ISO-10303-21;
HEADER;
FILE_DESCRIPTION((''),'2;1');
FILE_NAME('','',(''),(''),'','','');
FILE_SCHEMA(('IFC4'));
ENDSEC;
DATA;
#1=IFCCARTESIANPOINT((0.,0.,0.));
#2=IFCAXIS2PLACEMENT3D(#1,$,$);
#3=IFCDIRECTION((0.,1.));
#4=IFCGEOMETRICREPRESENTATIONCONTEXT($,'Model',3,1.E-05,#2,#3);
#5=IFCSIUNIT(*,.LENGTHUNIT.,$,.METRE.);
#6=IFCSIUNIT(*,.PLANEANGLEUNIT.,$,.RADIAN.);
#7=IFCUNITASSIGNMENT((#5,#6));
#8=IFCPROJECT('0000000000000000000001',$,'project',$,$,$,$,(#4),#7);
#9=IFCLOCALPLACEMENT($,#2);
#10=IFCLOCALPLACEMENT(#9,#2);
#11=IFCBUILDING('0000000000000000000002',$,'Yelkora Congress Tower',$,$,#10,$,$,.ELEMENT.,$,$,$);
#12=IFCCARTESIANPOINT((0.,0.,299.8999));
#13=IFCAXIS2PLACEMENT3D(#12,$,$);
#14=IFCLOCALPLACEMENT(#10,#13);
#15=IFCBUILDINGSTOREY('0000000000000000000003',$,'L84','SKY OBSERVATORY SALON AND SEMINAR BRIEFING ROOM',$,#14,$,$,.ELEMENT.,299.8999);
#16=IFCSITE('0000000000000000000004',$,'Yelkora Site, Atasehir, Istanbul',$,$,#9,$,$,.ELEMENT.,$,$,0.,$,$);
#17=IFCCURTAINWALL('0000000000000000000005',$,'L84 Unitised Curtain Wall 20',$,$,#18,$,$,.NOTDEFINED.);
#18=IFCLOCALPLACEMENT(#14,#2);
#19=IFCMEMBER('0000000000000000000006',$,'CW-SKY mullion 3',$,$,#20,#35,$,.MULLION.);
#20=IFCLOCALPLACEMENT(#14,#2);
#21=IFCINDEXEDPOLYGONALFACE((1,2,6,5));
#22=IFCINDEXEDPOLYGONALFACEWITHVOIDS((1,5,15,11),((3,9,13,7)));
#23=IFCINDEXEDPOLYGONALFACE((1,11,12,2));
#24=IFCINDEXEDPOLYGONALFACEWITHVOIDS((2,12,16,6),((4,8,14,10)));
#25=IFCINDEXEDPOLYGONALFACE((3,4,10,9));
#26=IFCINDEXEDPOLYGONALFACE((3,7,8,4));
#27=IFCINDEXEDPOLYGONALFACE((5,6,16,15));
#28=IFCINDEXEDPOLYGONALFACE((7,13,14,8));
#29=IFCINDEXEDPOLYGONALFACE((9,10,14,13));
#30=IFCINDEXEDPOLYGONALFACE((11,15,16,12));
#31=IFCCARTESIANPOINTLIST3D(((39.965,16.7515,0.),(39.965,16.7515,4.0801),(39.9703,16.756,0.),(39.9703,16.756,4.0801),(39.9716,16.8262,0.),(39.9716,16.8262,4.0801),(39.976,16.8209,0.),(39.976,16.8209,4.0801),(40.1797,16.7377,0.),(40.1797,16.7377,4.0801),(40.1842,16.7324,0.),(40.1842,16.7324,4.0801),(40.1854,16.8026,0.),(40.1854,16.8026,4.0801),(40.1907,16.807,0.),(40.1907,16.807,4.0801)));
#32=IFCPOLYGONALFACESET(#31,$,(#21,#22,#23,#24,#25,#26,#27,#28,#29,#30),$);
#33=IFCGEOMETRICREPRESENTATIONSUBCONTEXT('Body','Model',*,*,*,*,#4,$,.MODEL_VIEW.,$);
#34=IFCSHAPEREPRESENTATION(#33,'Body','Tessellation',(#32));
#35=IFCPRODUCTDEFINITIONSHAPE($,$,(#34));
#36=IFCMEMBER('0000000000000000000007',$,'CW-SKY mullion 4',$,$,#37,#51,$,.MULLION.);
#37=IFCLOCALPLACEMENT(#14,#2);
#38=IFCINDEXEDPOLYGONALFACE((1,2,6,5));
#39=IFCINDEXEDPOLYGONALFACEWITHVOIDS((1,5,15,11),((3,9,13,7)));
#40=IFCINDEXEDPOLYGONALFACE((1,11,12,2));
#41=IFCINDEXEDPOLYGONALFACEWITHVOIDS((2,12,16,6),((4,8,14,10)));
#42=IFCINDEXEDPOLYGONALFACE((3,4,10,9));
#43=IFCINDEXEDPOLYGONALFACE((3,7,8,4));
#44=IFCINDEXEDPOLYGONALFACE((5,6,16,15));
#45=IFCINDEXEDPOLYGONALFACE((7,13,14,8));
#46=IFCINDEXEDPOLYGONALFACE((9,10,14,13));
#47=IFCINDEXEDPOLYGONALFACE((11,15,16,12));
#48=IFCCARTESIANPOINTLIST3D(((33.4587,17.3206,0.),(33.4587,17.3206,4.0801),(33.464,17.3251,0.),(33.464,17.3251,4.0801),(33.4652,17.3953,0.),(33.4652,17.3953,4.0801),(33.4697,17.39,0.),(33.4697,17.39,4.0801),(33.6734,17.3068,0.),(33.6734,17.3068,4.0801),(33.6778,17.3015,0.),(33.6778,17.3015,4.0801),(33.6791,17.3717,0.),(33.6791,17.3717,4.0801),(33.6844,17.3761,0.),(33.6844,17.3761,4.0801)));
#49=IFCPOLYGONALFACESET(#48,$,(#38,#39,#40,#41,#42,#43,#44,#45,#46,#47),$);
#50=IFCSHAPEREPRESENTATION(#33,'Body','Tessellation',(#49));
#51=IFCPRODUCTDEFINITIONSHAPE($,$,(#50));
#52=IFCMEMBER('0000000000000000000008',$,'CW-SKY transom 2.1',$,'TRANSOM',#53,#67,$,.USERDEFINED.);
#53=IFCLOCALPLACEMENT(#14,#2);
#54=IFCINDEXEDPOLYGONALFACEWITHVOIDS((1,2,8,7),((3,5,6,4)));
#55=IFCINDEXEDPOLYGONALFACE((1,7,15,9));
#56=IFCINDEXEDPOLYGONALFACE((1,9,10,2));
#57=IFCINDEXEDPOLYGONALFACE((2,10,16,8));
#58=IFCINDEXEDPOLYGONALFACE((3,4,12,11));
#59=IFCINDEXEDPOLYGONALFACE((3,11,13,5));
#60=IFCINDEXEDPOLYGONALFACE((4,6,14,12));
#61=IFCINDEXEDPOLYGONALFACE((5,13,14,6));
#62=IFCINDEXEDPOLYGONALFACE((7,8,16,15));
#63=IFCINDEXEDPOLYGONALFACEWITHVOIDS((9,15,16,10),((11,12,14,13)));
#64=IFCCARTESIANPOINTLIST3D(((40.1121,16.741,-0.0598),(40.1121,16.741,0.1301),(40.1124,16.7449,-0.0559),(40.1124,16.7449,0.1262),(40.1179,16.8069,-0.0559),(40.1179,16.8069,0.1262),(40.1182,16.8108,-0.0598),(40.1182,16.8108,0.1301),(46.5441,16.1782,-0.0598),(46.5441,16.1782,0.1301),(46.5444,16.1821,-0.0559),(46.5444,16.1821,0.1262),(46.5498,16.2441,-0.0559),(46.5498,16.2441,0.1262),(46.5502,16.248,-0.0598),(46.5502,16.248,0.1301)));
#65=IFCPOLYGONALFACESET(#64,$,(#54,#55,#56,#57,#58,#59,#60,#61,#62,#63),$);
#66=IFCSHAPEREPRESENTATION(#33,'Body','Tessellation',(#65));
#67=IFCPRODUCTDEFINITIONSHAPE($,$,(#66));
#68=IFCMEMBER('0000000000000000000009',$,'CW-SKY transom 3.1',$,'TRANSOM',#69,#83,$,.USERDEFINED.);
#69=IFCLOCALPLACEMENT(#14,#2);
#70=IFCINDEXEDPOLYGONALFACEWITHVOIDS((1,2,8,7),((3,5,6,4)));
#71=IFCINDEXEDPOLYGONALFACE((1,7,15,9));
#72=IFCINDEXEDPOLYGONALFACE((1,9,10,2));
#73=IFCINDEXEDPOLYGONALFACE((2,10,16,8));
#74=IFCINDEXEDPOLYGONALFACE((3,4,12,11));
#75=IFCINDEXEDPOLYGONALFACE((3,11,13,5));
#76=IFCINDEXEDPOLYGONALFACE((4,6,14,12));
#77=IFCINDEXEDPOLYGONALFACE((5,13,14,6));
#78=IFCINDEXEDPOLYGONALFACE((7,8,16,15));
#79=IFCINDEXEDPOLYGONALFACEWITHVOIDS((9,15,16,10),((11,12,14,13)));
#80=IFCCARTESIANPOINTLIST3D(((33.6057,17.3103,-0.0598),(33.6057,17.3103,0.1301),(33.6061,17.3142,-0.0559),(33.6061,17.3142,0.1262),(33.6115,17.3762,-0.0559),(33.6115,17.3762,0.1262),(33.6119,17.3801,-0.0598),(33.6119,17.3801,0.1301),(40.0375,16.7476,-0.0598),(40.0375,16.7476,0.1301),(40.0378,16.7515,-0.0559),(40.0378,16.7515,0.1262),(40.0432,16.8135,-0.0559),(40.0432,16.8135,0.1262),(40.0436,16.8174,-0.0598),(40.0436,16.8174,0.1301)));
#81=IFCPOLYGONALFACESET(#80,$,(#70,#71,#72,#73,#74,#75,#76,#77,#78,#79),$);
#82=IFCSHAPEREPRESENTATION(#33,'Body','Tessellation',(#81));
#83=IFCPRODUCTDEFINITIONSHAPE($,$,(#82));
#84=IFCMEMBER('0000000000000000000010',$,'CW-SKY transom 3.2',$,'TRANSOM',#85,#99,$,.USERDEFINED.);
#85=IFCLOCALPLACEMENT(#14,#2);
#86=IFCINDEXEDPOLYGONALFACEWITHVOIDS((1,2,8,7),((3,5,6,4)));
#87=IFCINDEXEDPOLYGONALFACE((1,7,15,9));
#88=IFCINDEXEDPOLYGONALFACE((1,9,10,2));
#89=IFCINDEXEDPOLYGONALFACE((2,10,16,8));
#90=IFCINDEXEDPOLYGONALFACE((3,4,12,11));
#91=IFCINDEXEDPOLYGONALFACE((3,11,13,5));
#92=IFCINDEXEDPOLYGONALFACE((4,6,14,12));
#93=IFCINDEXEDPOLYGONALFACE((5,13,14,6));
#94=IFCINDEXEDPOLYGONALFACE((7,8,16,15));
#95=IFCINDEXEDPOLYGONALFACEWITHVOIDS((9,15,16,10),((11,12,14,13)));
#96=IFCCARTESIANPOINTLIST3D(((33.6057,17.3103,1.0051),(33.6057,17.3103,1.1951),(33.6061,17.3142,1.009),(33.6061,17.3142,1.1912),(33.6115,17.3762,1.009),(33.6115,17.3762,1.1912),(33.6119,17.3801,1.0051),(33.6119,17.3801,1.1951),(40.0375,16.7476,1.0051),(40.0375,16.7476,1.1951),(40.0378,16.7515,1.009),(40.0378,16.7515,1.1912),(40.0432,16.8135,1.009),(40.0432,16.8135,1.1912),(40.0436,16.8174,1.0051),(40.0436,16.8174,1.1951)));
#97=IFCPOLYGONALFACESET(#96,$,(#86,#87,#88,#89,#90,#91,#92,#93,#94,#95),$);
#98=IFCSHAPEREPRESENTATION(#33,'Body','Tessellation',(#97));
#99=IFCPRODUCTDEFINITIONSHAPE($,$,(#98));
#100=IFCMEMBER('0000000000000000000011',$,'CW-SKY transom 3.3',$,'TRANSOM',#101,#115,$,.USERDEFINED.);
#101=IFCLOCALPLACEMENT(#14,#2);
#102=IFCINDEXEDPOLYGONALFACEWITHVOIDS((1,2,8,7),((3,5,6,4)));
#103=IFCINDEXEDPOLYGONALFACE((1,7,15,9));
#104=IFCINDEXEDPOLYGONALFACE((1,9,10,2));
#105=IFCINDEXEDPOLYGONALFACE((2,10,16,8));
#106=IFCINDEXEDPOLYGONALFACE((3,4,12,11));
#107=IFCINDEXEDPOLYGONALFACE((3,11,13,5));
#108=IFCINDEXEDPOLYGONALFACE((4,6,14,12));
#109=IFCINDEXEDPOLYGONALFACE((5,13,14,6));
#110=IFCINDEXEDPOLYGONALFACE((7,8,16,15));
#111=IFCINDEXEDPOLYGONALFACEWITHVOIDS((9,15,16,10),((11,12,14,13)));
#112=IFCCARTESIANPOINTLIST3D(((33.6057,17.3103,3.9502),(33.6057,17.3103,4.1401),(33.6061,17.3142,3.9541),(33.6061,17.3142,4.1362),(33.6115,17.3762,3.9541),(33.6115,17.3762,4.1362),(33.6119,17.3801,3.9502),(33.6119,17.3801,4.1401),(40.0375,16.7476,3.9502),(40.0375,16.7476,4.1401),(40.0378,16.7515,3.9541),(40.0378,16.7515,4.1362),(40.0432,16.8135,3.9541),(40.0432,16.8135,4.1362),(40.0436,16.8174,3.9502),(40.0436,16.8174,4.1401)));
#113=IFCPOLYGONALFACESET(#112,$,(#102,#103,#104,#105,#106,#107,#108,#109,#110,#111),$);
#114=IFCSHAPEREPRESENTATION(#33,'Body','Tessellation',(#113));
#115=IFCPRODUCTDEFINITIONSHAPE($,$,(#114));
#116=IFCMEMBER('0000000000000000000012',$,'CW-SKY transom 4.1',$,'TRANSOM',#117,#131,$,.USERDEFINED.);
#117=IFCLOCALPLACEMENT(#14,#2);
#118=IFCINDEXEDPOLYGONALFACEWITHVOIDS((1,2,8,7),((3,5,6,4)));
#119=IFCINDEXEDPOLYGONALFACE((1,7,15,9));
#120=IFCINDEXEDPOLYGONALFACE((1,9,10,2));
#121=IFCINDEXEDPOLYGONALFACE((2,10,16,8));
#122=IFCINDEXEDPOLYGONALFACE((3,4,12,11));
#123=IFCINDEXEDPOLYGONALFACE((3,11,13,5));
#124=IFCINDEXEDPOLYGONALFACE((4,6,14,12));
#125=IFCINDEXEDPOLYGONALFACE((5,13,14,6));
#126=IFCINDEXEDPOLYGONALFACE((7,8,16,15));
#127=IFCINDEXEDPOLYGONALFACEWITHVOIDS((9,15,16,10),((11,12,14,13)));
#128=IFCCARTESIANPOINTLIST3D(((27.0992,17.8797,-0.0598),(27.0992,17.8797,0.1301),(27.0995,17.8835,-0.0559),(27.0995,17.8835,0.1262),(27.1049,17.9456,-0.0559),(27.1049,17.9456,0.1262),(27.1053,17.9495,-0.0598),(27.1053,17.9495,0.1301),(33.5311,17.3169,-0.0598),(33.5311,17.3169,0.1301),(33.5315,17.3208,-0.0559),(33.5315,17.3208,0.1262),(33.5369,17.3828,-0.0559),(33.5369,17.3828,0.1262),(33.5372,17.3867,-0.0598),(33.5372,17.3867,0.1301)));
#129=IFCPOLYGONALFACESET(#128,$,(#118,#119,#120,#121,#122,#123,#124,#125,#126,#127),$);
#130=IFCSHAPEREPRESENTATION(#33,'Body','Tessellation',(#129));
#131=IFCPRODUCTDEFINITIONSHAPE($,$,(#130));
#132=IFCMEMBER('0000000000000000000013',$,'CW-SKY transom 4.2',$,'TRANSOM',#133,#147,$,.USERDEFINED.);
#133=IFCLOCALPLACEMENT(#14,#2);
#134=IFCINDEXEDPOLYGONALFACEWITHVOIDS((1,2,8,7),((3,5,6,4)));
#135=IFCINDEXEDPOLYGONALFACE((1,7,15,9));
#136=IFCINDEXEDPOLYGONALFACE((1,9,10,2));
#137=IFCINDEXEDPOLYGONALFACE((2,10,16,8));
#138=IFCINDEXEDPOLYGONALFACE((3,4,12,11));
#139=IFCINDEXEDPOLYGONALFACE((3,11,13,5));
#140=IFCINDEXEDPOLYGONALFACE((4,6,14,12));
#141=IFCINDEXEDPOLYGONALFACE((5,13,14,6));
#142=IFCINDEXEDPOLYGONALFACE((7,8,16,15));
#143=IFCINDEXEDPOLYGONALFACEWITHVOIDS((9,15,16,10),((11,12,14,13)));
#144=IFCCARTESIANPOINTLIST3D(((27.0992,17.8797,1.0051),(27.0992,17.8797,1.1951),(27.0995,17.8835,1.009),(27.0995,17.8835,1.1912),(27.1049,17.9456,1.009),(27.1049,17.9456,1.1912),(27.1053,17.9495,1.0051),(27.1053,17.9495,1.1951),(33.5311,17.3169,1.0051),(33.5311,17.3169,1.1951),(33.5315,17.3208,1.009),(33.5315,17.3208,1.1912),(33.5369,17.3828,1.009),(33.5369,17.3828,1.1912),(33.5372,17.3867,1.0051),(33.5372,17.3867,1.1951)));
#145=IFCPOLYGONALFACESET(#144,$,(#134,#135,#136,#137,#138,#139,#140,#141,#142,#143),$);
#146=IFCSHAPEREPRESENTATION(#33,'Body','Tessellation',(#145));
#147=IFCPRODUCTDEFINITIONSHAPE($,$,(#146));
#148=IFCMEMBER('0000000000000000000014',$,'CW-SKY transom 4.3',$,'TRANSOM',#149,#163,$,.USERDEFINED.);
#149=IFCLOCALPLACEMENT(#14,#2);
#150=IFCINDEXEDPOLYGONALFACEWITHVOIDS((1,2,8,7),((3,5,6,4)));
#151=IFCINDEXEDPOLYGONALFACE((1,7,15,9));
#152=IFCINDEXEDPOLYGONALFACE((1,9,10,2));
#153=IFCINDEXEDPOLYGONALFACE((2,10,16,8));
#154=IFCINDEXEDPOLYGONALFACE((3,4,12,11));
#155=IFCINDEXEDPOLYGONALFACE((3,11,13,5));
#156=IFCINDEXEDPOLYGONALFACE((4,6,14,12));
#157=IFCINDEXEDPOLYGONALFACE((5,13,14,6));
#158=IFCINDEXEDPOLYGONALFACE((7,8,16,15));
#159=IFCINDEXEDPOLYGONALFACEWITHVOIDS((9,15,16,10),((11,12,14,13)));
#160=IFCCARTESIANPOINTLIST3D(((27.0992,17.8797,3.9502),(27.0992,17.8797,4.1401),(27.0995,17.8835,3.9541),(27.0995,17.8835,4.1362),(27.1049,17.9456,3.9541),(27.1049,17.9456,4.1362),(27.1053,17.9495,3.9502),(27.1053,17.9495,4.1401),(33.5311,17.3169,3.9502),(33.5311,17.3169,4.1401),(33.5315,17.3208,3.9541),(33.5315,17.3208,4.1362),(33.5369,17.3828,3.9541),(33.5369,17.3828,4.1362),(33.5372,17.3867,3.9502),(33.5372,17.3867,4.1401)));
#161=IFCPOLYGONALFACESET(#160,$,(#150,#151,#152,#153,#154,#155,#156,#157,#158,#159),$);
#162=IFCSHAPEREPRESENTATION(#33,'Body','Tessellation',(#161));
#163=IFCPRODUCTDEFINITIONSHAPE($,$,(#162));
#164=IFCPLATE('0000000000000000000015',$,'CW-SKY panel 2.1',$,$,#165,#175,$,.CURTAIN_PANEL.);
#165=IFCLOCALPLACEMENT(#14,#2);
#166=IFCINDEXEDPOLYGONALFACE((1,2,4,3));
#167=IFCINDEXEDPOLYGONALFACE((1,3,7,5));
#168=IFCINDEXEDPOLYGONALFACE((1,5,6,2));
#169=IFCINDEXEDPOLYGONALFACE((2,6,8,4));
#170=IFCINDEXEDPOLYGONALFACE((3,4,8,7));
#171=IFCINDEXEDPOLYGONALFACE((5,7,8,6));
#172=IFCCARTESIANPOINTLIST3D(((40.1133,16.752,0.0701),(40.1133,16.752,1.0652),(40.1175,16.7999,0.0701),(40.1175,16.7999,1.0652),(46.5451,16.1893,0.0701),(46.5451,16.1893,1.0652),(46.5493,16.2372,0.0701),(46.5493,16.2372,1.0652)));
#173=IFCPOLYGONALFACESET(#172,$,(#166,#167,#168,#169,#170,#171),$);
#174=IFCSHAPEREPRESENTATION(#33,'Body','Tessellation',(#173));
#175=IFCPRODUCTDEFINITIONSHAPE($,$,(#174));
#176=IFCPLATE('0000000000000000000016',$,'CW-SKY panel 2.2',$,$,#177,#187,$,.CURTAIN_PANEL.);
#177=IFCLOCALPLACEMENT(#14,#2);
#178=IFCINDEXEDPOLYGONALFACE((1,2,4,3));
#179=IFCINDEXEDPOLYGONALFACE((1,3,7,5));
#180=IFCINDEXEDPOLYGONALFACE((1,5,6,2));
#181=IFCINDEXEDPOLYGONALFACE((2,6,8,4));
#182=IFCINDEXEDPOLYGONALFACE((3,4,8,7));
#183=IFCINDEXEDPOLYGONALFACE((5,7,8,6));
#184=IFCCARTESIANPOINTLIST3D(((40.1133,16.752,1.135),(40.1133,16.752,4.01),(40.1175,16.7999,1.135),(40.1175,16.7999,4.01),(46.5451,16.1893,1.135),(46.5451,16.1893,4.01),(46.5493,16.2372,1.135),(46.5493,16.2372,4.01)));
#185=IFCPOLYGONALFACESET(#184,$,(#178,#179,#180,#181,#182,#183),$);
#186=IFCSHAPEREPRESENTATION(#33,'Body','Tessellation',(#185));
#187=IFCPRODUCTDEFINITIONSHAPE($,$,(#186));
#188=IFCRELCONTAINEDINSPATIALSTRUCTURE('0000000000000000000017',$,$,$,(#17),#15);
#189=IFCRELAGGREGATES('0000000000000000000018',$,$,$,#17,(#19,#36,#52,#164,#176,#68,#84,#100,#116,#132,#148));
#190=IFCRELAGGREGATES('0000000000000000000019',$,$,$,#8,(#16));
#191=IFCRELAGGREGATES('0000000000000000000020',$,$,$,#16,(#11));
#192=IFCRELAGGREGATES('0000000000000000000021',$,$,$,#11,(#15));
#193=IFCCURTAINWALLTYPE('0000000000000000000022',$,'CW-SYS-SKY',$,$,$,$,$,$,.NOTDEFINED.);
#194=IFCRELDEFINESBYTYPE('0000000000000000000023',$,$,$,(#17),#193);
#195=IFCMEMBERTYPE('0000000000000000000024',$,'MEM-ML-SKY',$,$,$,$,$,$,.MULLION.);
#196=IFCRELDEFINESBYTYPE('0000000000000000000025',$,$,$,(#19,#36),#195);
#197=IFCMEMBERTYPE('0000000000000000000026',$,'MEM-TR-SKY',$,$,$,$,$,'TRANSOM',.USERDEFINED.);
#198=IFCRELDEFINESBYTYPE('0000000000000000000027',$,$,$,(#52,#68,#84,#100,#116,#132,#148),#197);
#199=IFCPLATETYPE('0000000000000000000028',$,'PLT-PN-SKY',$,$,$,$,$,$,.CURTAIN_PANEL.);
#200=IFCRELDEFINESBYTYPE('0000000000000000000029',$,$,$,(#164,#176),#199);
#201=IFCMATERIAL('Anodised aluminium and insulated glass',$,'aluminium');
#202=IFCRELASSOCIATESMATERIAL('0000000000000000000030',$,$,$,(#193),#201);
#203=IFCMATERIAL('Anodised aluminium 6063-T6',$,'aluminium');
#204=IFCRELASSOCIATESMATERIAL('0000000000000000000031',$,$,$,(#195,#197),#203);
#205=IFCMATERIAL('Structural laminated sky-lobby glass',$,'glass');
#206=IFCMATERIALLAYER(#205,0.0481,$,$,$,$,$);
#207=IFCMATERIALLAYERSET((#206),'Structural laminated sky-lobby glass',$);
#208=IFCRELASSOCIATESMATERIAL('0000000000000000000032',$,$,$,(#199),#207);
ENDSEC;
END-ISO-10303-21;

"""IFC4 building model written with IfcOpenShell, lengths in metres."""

from ifc_helpers import new_model, si_unit, direction, frame, origin, origin_2d, place, context, subcontext, project, spatial, rectangle, hollow_rectangle, extrude, material, layer, layer_set, material_profile, profile_set, type_object, element, aggregate, save


model = new_model("IFC4")

# Units and contexts
model_context = context("Model", 3, precision=1e-05, world=origin(), true_north=direction((0.0, 1.0)))
body_context = subcontext(model_context, "Body", "Model", "MODEL_VIEW")
ifc_project = project(units=[si_unit("LENGTHUNIT", "METRE"), si_unit("PLANEANGLEUNIT", "RADIAN")], contexts=[model_context])

# Site, building, storey
site_placement = place(None, origin())
site = spatial("IfcSite", under=ifc_project, at=site_placement, Name="Yelkora Site, Atasehir, Istanbul", CompositionType="ELEMENT", RefElevation=0.0)
building_placement = place(site_placement, origin())
building = spatial("IfcBuilding", under=site, at=building_placement, Name="Yelkora Congress Tower", CompositionType="ELEMENT")
storey_placement = place(building_placement, frame((0.0, 0.0, 299.8999)))
storey = spatial("IfcBuildingStorey", under=building, at=storey_placement, Name="L84", Description="SKY OBSERVATORY SALON AND SEMINAR BRIEFING ROOM", CompositionType="ELEMENT", Elevation=299.8999)

# Curtain wall, members, plates
ifc_material_1 = material(Name="Anodised aluminium and insulated glass", Category="aluminium")
curtain_wall_type = type_object("IfcCurtainWallType", Name="CW-SYS-SKY", PredefinedType="NOTDEFINED", material=ifc_material_1)
curtain_wall_placement = place(storey_placement, origin())
curtain_wall = element("IfcCurtainWall", 1, at=curtain_wall_placement, inside=storey, type_object=curtain_wall_type, Name="L84 Unitised Curtain Wall 20", PredefinedType="NOTDEFINED")
ifc_material_2 = material(Name="Anodised aluminium 6063-T6", Category="aluminium")
ifc_material_profile_1 = material_profile(ifc_material_2, hollow_rectangle(XDim=0.075, YDim=0.22, WallThickness=0.0049, at=origin_2d()), Name="ALU 75x220x5")
ifc_profile_set_1 = profile_set([ifc_material_profile_1], Name="Anodised aluminium 6063-T6")
member_type_1 = type_object("IfcMemberType", Name="MEM-ML-SKY", PredefinedType="MULLION", material=ifc_profile_set_1)
member_1_placement = place(storey_placement, frame((40.0779, 16.7793, 0.0), z_axis=(0.0, 0.0, 1.0), x_axis=(-0.087157, -0.996195, 0.0)))
member_1 = element("IfcMember", 2, at=member_1_placement, type_object=member_type_1, Name="CW-SKY mullion 3", PredefinedType="MULLION", context=body_context, shape_type="SweptSolid", body=[
    extrude(hollow_rectangle(XDim=0.075, YDim=0.22, WallThickness=0.0049, at=origin_2d()), origin(), (0.0, 0.0, 1.0), 4.0801),
])
member_2_placement = place(storey_placement, frame((33.5715, 17.3484, 0.0), z_axis=(0.0, 0.0, 1.0), x_axis=(-0.087157, -0.996195, 0.0)))
member_2 = element("IfcMember", 3, at=member_2_placement, type_object=member_type_1, Name="CW-SKY mullion 4", PredefinedType="MULLION", context=body_context, shape_type="SweptSolid", body=[
    extrude(hollow_rectangle(XDim=0.075, YDim=0.22, WallThickness=0.0049, at=origin_2d()), origin(), (0.0, 0.0, 1.0), 4.0801),
])
ifc_material_profile_2 = material_profile(ifc_material_2, hollow_rectangle(XDim=0.0701, YDim=0.1899, WallThickness=0.0039, at=origin_2d()), Name="ALU 70x190x4")
ifc_profile_set_2 = profile_set([ifc_material_profile_2], Name="Anodised aluminium 6063-T6")
member_type_2 = type_object("IfcMemberType", Name="MEM-TR-SKY", ElementType="TRANSOM", PredefinedType="USERDEFINED", material=ifc_profile_set_2)
member_3_placement = place(storey_placement, frame((46.5471, 16.2131, 0.0352), z_axis=(-0.996194, 0.08716, 0.0), x_axis=(-0.08716, -0.996194, 0.0)))
member_3 = element("IfcMember", 4, at=member_3_placement, type_object=member_type_2, Name="CW-SKY transom 2.1", ObjectType="TRANSOM", PredefinedType="USERDEFINED", context=body_context, shape_type="SweptSolid", body=[
    extrude(hollow_rectangle(XDim=0.0701, YDim=0.1899, WallThickness=0.0039, at=origin_2d()), origin(), (0.0, 0.0, 1.0), 6.4565),
])
member_4_placement = place(storey_placement, frame((40.0405, 16.7825, 0.0352), z_axis=(-0.996194, 0.087163, 0.0), x_axis=(-0.087163, -0.996194, 0.0)))
member_4 = element("IfcMember", 5, at=member_4_placement, type_object=member_type_2, Name="CW-SKY transom 3.1", ObjectType="TRANSOM", PredefinedType="USERDEFINED", context=body_context, shape_type="SweptSolid", body=[
    extrude(hollow_rectangle(XDim=0.0701, YDim=0.1899, WallThickness=0.0039, at=origin_2d()), origin(), (0.0, 0.0, 1.0), 6.4563),
])
member_5_placement = place(storey_placement, frame((40.0405, 16.7825, 1.1001), z_axis=(-0.996194, 0.087163, 0.0), x_axis=(-0.087163, -0.996194, 0.0)))
member_5 = element("IfcMember", 6, at=member_5_placement, type_object=member_type_2, Name="CW-SKY transom 3.2", ObjectType="TRANSOM", PredefinedType="USERDEFINED", context=body_context, shape_type="SweptSolid", body=[
    extrude(hollow_rectangle(XDim=0.0701, YDim=0.1899, WallThickness=0.0039, at=origin_2d()), origin(), (0.0, 0.0, 1.0), 6.4563),
])
member_6_placement = place(storey_placement, frame((40.0405, 16.7825, 4.0452), z_axis=(-0.996194, 0.087163, 0.0), x_axis=(-0.087163, -0.996194, 0.0)))
member_6 = element("IfcMember", 7, at=member_6_placement, type_object=member_type_2, Name="CW-SKY transom 3.3", ObjectType="TRANSOM", PredefinedType="USERDEFINED", context=body_context, shape_type="SweptSolid", body=[
    extrude(hollow_rectangle(XDim=0.0701, YDim=0.1899, WallThickness=0.0039, at=origin_2d()), origin(), (0.0, 0.0, 1.0), 6.4563),
])
member_7_placement = place(storey_placement, frame((33.5342, 17.3518, 0.0352), z_axis=(-0.996194, 0.08716, 0.0), x_axis=(-0.08716, -0.996194, 0.0)))
member_7 = element("IfcMember", 8, at=member_7_placement, type_object=member_type_2, Name="CW-SKY transom 4.1", ObjectType="TRANSOM", PredefinedType="USERDEFINED", context=body_context, shape_type="SweptSolid", body=[
    extrude(hollow_rectangle(XDim=0.0701, YDim=0.1899, WallThickness=0.0039, at=origin_2d()), origin(), (0.0, 0.0, 1.0), 6.4565),
])
member_8_placement = place(storey_placement, frame((33.5342, 17.3518, 1.1001), z_axis=(-0.996194, 0.08716, 0.0), x_axis=(-0.08716, -0.996194, 0.0)))
member_8 = element("IfcMember", 9, at=member_8_placement, type_object=member_type_2, Name="CW-SKY transom 4.2", ObjectType="TRANSOM", PredefinedType="USERDEFINED", context=body_context, shape_type="SweptSolid", body=[
    extrude(hollow_rectangle(XDim=0.0701, YDim=0.1899, WallThickness=0.0039, at=origin_2d()), origin(), (0.0, 0.0, 1.0), 6.4565),
])
member_9_placement = place(storey_placement, frame((33.5342, 17.3518, 4.0452), z_axis=(-0.996194, 0.08716, 0.0), x_axis=(-0.08716, -0.996194, 0.0)))
member_9 = element("IfcMember", 10, at=member_9_placement, type_object=member_type_2, Name="CW-SKY transom 4.3", ObjectType="TRANSOM", PredefinedType="USERDEFINED", context=body_context, shape_type="SweptSolid", body=[
    extrude(hollow_rectangle(XDim=0.0701, YDim=0.1899, WallThickness=0.0039, at=origin_2d()), origin(), (0.0, 0.0, 1.0), 6.4565),
])
ifc_material_3 = material(Name="Structural laminated sky-lobby glass", Category="glass")
ifc_layer_1 = layer(ifc_material_3, 0.0481)
ifc_layer_set_1 = layer_set([ifc_layer_1], Name="Structural laminated sky-lobby glass")
plate_type = type_object("IfcPlateType", Name="PLT-PN-SKY", PredefinedType="CURTAIN_PANEL", material=ifc_layer_set_1)
plate_1_placement = place(storey_placement, frame((43.3313, 16.4946, 0.0701), z_axis=(0.0, 0.0, 1.0), x_axis=(-0.996195, 0.087157, 0.0)))
plate_1 = element("IfcPlate", 11, at=plate_1_placement, type_object=plate_type, Name="CW-SKY panel 2.1", PredefinedType="CURTAIN_PANEL", context=body_context, shape_type="SweptSolid", body=[
    extrude(rectangle(XDim=6.4563, YDim=0.0481, at=origin_2d()), origin(), (0.0, 0.0, 1.0), 0.9951),
])
plate_2_placement = place(storey_placement, frame((43.3313, 16.4946, 1.135), z_axis=(0.0, 0.0, 1.0), x_axis=(-0.996195, 0.087157, 0.0)))
plate_2 = element("IfcPlate", 12, at=plate_2_placement, type_object=plate_type, Name="CW-SKY panel 2.2", PredefinedType="CURTAIN_PANEL", context=body_context, shape_type="SweptSolid", body=[
    extrude(rectangle(XDim=6.4563, YDim=0.0481, at=origin_2d()), origin(), (0.0, 0.0, 1.0), 2.875),
])
aggregate(curtain_wall, [member_1, member_2, member_3, plate_1, plate_2, member_4, member_5, member_6, member_7, member_8, member_9])

save(model, "model.ifc")
